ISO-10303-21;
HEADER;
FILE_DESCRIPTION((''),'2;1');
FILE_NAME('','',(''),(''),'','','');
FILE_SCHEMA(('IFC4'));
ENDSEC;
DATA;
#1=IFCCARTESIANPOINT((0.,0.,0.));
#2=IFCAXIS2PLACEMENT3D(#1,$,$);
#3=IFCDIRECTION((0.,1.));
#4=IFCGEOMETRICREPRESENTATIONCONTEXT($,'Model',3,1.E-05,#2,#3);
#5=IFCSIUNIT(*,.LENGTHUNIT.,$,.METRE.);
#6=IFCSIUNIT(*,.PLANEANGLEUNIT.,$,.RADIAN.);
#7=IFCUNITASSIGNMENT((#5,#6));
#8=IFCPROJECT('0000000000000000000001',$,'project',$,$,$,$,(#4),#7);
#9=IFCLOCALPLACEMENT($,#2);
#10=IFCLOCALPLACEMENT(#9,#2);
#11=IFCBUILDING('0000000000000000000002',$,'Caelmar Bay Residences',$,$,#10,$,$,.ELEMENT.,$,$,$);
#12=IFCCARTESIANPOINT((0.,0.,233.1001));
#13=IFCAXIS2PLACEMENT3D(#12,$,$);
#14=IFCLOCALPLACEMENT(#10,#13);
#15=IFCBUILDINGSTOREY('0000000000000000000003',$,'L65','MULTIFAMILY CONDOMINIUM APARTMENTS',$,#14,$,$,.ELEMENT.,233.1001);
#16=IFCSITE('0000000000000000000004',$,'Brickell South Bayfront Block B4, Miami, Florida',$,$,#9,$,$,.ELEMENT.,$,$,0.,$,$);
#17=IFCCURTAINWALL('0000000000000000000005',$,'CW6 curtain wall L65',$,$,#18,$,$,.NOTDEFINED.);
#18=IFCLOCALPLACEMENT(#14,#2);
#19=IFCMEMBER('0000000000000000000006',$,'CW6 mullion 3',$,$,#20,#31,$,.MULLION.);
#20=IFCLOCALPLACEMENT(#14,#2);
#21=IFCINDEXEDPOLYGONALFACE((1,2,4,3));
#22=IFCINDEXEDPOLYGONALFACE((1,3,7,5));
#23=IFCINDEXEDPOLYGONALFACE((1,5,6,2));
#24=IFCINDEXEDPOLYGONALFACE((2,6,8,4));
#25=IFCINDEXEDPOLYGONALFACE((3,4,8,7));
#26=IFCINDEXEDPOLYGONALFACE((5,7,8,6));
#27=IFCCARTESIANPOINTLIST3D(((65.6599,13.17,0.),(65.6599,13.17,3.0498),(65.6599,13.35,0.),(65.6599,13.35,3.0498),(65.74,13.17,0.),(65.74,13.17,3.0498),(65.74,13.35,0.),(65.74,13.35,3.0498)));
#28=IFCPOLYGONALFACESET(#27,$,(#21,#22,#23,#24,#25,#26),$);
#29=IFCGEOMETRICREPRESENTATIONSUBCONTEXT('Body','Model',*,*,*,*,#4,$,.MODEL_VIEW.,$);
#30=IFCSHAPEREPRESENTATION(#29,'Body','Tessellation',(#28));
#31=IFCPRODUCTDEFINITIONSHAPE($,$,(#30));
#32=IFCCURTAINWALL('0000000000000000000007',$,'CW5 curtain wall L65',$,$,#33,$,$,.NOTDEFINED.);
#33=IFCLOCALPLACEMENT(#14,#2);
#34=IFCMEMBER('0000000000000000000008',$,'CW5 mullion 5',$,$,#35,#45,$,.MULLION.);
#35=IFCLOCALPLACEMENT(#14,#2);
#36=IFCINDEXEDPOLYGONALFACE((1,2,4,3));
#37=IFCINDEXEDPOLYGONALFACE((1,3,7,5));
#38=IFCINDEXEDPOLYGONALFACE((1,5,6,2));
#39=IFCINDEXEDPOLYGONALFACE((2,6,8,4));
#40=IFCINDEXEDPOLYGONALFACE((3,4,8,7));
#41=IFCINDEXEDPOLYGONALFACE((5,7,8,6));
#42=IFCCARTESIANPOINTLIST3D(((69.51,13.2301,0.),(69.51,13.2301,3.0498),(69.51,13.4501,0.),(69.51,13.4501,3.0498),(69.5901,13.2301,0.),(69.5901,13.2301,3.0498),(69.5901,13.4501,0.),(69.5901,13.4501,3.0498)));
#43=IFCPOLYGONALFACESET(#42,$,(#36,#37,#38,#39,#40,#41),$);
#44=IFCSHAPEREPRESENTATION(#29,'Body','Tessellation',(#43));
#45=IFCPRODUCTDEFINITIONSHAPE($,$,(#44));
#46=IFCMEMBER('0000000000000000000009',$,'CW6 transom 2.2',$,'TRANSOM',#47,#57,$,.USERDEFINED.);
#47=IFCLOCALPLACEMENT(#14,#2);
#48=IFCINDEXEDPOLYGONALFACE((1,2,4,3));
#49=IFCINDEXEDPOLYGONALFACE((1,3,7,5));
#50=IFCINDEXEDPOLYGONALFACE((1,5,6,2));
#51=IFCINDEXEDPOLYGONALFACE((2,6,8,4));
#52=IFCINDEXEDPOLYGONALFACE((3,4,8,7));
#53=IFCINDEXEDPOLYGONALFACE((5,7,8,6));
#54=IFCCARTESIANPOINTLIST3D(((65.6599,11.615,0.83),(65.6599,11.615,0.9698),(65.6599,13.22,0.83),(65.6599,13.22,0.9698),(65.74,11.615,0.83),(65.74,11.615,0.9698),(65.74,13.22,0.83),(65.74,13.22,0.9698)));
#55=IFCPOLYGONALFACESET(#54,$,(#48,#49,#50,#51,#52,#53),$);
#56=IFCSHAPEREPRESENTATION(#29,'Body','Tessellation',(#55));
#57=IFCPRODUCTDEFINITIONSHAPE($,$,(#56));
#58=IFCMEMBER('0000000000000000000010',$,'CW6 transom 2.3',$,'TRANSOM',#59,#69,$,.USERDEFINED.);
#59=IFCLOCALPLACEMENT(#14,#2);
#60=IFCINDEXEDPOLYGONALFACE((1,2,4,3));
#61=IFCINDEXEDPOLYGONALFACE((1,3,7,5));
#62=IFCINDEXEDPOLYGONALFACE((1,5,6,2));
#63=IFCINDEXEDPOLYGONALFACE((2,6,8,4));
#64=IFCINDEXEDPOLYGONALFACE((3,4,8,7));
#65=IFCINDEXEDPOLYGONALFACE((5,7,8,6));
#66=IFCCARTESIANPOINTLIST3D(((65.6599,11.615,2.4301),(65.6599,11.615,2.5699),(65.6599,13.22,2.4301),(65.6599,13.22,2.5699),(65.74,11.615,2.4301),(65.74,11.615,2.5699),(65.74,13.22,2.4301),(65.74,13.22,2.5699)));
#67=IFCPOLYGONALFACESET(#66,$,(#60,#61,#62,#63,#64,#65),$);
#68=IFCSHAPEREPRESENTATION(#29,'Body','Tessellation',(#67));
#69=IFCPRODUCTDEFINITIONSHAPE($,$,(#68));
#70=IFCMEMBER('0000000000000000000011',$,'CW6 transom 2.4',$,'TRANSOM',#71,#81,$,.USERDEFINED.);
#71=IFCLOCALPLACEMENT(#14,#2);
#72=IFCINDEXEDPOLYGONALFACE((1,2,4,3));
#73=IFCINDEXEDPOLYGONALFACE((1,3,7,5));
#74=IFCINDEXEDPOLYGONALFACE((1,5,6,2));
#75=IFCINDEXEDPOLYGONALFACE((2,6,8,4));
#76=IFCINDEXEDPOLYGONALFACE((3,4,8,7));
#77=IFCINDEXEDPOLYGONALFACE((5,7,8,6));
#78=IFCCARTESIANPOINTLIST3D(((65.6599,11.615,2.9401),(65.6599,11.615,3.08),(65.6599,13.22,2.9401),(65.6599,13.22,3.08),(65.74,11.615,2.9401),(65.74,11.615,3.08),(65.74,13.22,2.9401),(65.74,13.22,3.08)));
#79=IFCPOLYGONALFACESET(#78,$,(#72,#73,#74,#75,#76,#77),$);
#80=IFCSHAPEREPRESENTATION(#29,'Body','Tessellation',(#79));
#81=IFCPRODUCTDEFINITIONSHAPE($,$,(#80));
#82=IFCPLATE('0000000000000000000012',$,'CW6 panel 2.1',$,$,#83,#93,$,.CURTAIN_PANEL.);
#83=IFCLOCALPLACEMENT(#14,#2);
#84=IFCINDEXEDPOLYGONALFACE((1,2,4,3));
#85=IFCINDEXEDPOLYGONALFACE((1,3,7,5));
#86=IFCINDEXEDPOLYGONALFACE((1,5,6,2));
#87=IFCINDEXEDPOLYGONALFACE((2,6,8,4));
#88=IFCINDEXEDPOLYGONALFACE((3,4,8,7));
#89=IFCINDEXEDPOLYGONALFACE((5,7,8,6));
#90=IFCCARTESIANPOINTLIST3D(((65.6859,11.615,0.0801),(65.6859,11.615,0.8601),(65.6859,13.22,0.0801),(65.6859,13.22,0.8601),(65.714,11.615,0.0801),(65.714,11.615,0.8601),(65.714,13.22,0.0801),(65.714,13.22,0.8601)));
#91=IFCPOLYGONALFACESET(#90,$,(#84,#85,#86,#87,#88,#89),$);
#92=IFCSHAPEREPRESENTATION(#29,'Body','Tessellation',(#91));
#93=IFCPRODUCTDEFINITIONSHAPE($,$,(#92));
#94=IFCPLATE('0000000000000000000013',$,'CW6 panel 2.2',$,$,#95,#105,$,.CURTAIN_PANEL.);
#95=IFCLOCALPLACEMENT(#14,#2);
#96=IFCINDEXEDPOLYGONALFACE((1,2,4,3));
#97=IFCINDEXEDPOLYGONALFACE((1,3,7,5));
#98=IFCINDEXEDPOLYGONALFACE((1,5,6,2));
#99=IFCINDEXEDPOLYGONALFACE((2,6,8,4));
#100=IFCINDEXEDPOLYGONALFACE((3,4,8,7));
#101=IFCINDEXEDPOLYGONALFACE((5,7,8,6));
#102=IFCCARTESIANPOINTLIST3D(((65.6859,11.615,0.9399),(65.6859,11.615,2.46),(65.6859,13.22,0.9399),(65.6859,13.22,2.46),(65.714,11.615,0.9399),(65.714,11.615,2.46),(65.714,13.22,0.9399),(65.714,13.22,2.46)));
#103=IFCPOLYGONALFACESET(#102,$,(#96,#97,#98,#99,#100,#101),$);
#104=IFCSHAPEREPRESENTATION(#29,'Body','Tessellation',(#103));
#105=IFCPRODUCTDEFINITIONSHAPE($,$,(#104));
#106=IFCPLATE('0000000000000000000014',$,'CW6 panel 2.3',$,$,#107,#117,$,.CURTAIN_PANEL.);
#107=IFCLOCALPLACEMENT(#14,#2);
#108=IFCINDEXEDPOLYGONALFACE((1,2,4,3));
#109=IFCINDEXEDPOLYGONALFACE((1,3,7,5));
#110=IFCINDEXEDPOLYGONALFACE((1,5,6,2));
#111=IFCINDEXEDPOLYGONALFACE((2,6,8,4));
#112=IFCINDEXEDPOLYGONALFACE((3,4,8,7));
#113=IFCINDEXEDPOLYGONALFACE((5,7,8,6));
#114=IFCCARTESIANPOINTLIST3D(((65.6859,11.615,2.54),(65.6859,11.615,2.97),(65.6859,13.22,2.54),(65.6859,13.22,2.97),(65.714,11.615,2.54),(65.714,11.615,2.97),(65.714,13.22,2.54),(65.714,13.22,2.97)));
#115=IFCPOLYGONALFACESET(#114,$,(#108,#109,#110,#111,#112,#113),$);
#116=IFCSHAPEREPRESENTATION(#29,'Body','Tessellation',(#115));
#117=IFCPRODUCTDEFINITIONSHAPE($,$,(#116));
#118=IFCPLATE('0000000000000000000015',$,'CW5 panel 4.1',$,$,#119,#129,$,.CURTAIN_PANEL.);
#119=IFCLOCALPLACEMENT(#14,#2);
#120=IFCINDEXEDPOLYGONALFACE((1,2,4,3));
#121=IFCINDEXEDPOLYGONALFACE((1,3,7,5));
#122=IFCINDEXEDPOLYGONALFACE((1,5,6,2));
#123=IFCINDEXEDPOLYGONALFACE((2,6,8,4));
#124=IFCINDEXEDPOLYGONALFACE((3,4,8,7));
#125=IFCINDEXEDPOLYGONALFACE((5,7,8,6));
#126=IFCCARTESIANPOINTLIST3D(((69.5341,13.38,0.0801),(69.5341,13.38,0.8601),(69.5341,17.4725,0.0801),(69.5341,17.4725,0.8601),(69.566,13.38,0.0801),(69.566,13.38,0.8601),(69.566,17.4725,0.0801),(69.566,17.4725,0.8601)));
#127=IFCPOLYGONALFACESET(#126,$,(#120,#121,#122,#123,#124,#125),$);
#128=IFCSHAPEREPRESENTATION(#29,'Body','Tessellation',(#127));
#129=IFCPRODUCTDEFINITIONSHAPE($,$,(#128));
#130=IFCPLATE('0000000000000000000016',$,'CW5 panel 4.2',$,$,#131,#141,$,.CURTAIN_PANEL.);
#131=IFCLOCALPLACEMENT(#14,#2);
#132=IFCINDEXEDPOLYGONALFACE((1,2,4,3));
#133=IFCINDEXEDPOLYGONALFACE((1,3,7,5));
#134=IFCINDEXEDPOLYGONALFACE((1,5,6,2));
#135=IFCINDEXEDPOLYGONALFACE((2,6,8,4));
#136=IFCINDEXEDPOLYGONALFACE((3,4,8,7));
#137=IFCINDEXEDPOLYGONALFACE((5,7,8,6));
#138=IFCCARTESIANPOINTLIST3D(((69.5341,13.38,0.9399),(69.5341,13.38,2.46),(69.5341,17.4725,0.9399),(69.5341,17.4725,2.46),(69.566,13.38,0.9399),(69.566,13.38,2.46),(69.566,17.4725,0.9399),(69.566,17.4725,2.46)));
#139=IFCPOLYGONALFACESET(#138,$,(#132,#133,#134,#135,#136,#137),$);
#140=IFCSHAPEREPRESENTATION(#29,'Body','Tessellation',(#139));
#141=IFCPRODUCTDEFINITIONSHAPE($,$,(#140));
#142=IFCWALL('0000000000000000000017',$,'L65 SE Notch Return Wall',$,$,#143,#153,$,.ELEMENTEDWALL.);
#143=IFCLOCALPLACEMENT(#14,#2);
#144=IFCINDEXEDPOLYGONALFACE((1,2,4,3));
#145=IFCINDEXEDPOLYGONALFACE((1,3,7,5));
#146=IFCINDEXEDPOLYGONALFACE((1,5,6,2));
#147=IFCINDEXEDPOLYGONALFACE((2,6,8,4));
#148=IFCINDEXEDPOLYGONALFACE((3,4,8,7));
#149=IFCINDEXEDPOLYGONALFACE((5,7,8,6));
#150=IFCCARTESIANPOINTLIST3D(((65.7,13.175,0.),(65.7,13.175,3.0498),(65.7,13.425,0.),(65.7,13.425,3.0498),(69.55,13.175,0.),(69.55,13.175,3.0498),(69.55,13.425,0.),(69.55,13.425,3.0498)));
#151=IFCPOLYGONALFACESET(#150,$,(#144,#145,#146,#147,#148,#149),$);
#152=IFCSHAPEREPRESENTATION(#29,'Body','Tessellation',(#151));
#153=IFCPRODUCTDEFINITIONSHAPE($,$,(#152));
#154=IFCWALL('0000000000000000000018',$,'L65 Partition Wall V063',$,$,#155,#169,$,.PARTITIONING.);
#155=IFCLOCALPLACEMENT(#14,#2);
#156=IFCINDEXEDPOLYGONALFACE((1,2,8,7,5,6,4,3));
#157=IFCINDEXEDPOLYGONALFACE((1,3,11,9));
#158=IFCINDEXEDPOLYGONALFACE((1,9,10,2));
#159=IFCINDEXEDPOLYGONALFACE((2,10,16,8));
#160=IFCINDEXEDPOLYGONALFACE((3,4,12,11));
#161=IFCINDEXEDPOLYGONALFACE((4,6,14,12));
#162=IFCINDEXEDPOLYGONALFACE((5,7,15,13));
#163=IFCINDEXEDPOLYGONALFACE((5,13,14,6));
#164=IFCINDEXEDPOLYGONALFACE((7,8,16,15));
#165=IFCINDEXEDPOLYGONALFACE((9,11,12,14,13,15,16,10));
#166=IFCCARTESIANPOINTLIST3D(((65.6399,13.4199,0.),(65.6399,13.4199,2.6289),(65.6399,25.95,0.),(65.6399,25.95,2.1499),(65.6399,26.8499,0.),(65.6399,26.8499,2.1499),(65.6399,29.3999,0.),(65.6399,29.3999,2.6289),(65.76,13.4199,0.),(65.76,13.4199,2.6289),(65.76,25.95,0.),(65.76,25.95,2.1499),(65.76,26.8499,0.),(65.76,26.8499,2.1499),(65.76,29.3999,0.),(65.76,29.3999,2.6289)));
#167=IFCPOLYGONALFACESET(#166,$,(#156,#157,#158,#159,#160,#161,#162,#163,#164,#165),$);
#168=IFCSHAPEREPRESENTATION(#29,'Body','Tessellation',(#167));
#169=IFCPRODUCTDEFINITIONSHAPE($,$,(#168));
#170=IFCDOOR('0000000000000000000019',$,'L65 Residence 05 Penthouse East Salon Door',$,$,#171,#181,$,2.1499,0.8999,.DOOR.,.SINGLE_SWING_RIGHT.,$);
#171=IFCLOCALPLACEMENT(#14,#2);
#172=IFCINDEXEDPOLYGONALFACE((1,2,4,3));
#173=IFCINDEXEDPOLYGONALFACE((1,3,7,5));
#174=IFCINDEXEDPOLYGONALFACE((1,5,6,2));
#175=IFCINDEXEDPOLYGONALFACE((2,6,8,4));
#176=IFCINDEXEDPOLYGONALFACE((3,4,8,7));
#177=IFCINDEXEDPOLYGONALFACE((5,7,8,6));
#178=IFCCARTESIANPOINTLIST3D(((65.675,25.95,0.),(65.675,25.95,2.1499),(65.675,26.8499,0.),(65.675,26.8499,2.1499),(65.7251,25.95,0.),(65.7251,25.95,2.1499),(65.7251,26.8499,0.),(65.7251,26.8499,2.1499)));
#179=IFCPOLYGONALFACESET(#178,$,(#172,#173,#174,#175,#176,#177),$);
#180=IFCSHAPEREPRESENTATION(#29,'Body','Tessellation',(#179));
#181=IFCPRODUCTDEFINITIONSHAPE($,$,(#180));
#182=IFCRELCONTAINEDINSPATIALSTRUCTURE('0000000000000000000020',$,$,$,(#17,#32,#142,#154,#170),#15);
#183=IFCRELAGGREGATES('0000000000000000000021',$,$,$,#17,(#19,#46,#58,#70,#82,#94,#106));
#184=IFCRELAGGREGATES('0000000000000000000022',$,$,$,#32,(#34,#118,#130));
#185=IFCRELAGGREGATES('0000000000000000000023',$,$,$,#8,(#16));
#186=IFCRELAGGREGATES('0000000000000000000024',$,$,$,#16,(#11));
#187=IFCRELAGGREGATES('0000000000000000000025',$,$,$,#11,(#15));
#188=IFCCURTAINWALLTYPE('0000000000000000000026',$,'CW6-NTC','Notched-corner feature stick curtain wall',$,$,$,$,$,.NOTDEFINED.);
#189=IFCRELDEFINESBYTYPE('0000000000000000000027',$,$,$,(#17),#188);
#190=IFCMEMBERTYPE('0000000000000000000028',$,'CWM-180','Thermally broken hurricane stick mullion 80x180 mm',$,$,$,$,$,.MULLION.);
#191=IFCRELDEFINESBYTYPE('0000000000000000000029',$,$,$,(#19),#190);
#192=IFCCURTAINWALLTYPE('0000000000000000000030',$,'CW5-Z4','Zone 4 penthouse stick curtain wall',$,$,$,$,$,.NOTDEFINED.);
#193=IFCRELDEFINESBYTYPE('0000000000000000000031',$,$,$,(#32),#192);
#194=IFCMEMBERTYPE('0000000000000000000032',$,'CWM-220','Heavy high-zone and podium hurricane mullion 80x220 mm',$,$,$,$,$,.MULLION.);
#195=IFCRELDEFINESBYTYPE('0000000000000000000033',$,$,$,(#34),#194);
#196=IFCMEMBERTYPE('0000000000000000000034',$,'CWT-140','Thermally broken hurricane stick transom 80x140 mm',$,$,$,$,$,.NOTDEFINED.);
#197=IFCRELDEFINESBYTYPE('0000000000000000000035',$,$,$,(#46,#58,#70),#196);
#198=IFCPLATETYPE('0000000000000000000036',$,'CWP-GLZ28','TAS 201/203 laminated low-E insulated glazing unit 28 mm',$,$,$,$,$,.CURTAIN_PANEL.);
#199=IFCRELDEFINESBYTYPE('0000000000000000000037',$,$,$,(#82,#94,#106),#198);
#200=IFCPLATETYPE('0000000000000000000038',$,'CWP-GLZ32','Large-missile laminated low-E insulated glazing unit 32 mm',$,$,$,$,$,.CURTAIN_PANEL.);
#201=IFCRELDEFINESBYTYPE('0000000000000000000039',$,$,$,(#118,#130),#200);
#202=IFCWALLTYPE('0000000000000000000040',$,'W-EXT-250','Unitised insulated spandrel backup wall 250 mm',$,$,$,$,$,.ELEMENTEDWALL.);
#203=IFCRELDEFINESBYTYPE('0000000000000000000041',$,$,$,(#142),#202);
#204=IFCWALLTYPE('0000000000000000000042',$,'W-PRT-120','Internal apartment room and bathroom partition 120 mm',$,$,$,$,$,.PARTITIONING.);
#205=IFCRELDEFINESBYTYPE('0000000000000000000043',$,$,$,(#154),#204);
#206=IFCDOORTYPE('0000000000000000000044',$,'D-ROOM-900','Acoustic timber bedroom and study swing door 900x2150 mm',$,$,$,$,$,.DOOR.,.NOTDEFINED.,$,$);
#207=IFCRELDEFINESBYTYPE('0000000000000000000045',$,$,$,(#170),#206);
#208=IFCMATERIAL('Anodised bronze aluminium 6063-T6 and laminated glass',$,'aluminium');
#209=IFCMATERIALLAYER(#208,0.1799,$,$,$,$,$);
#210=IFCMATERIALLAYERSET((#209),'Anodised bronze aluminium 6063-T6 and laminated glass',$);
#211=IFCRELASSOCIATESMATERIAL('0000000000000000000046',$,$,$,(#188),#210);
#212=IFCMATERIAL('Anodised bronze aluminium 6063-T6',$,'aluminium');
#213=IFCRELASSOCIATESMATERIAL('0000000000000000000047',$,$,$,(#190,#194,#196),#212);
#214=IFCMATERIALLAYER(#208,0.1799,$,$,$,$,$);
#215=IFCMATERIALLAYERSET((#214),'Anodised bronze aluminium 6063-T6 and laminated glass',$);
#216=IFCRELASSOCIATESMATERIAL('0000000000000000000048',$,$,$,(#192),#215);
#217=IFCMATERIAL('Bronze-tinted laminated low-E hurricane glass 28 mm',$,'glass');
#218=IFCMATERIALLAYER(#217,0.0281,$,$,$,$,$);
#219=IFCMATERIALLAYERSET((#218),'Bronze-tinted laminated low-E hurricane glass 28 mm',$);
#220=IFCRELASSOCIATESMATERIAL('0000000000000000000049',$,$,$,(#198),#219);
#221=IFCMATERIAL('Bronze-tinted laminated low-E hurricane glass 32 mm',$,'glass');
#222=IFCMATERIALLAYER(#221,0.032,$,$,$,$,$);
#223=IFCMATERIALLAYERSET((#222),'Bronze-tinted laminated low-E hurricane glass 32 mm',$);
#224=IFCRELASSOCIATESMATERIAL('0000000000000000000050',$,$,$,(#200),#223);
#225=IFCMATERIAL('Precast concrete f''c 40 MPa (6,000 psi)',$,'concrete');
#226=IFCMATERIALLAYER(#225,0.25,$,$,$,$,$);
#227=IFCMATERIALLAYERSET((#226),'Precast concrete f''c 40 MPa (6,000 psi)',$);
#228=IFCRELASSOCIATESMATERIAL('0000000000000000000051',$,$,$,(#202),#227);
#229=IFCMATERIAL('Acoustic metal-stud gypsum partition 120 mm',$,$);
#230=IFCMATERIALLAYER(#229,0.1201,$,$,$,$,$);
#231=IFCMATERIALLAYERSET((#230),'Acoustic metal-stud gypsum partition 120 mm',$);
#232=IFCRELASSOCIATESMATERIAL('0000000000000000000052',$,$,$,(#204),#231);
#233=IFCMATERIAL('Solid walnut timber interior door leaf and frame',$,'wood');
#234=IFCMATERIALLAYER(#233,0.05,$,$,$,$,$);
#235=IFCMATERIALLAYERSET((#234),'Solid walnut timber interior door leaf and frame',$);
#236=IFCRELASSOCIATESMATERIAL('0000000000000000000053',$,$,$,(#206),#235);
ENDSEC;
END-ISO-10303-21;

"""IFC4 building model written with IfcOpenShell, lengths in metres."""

from ifc_helpers import new_model, si_unit, direction, frame, frame_2d, origin, origin_2d, place, context, subcontext, project, spatial, rectangle, extrude, material, layer, layer_set, material_profile, profile_set, type_object, element, fill, aggregate, save


model = new_model("IFC4")

# Units and contexts
model_context = context("Model", 3, precision=1e-05, world=origin(), true_north=direction((0.0, 1.0)))
body_context = subcontext(model_context, "Body", "Model", "MODEL_VIEW")
ifc_project = project(units=[si_unit("LENGTHUNIT", "METRE"), si_unit("PLANEANGLEUNIT", "RADIAN")], contexts=[model_context])

# Site, building, storey
site_placement = place(None, origin())
site = spatial("IfcSite", under=ifc_project, at=site_placement, Name="Brickell South Bayfront Block B4, Miami, Florida", CompositionType="ELEMENT", RefElevation=0.0)
building_placement = place(site_placement, origin())
building = spatial("IfcBuilding", under=site, at=building_placement, Name="Caelmar Bay Residences", CompositionType="ELEMENT")
storey_placement = place(building_placement, frame((0.0, 0.0, 233.1001)))
storey = spatial("IfcBuildingStorey", under=building, at=storey_placement, Name="L65", Description="MULTIFAMILY CONDOMINIUM APARTMENTS", CompositionType="ELEMENT", Elevation=233.1001)

# Curtain walls, members
ifc_material_1 = material(Name="Anodised bronze aluminium 6063-T6 and laminated glass", Category="aluminium")
ifc_layer_1 = layer(ifc_material_1, 0.1799)
ifc_layer_set_1 = layer_set([ifc_layer_1], Name="Anodised bronze aluminium 6063-T6 and laminated glass")
curtain_wall_type_1 = type_object("IfcCurtainWallType", Name="CW6-NTC", Description="Notched-corner feature stick curtain wall", PredefinedType="NOTDEFINED", material=ifc_layer_set_1)
curtain_wall_1_placement = place(storey_placement, origin())
curtain_wall_1 = element("IfcCurtainWall", 1, at=curtain_wall_1_placement, inside=storey, type_object=curtain_wall_type_1, Name="CW6 curtain wall L65", PredefinedType="NOTDEFINED")
ifc_material_2 = material(Name="Anodised bronze aluminium 6063-T6", Category="aluminium")
ifc_material_profile_1 = material_profile(ifc_material_2, rectangle(XDim=0.0801, YDim=0.1799, at=origin_2d()), Name="CWM-80X180")
ifc_profile_set_1 = profile_set([ifc_material_profile_1], Name="Anodised bronze aluminium 6063-T6")
member_type_1 = type_object("IfcMemberType", Name="CWM-180", Description="Thermally broken hurricane stick mullion 80x180 mm", PredefinedType="MULLION", material=ifc_profile_set_1)
member_1_placement = place(storey_placement, frame((65.7, 13.26, 0.0), z_axis=(0.0, 0.0, 1.0), x_axis=(-1.0, 0.0, 0.0)))
member_1 = element("IfcMember", 2, at=member_1_placement, type_object=member_type_1, Name="CW6 mullion 3", PredefinedType="MULLION", context=body_context, shape_type="SweptSolid", body=[
    extrude(rectangle(XDim=0.0801, YDim=0.1799, at=origin_2d()), origin(), (0.0, 0.0, 1.0), 3.0498),
])
ifc_layer_2 = layer(ifc_material_1, 0.1799)
ifc_layer_set_2 = layer_set([ifc_layer_2], Name="Anodised bronze aluminium 6063-T6 and laminated glass")
curtain_wall_type_2 = type_object("IfcCurtainWallType", Name="CW5-Z4", Description="Zone 4 penthouse stick curtain wall", PredefinedType="NOTDEFINED", material=ifc_layer_set_2)
curtain_wall_2_placement = place(storey_placement, origin())
curtain_wall_2 = element("IfcCurtainWall", 3, at=curtain_wall_2_placement, inside=storey, type_object=curtain_wall_type_2, Name="CW5 curtain wall L65", PredefinedType="NOTDEFINED")
ifc_material_profile_2 = material_profile(ifc_material_2, rectangle(XDim=0.0801, YDim=0.22, at=origin_2d()), Name="CWM-80X220")
ifc_profile_set_2 = profile_set([ifc_material_profile_2], Name="Anodised bronze aluminium 6063-T6")
member_type_2 = type_object("IfcMemberType", Name="CWM-220", Description="Heavy high-zone and podium hurricane mullion 80x220 mm", PredefinedType="MULLION", material=ifc_profile_set_2)
member_2_placement = place(storey_placement, frame((69.55, 13.3401, 0.0), z_axis=(0.0, 0.0, 1.0), x_axis=(1.0, 0.0, 0.0)))
member_2 = element("IfcMember", 4, at=member_2_placement, type_object=member_type_2, Name="CW5 mullion 5", PredefinedType="MULLION", context=body_context, shape_type="SweptSolid", body=[
    extrude(rectangle(XDim=0.0801, YDim=0.22, at=origin_2d()), origin(), (0.0, 0.0, 1.0), 3.0498),
])

# Members
ifc_material_profile_3 = material_profile(ifc_material_2, rectangle(XDim=0.0801, YDim=0.1399, at=origin_2d()), Name="CWT-80X140")
ifc_profile_set_3 = profile_set([ifc_material_profile_3], Name="Anodised bronze aluminium 6063-T6")
member_type_3 = type_object("IfcMemberType", Name="CWT-140", Description="Thermally broken hurricane stick transom 80x140 mm", PredefinedType="NOTDEFINED", material=ifc_profile_set_3)
member_3_placement = place(storey_placement, frame((65.7, 11.615, 0.8999), z_axis=(0.0, 1.0, 0.0), x_axis=(-1.0, 0.0, 0.0)))
member_3 = element("IfcMember", 5, at=member_3_placement, type_object=member_type_3, Name="CW6 transom 2.2", ObjectType="TRANSOM", PredefinedType="USERDEFINED", context=body_context, shape_type="SweptSolid", body=[
    extrude(rectangle(XDim=0.0801, YDim=0.1399, at=origin_2d()), origin(), (0.0, 0.0, 1.0), 1.605),
])
member_4_placement = place(storey_placement, frame((65.7, 11.615, 2.5), z_axis=(0.0, 1.0, 0.0), x_axis=(-1.0, 0.0, 0.0)))
member_4 = element("IfcMember", 6, at=member_4_placement, type_object=member_type_3, Name="CW6 transom 2.3", ObjectType="TRANSOM", PredefinedType="USERDEFINED", context=body_context, shape_type="SweptSolid", body=[
    extrude(rectangle(XDim=0.0801, YDim=0.1399, at=origin_2d()), origin(), (0.0, 0.0, 1.0), 1.605),
])
member_5_placement = place(storey_placement, frame((65.7, 11.615, 3.01), z_axis=(0.0, 1.0, 0.0), x_axis=(-1.0, 0.0, 0.0)))
member_5 = element("IfcMember", 7, at=member_5_placement, type_object=member_type_3, Name="CW6 transom 2.4", ObjectType="TRANSOM", PredefinedType="USERDEFINED", context=body_context, shape_type="SweptSolid", body=[
    extrude(rectangle(XDim=0.0801, YDim=0.1399, at=origin_2d()), origin(), (0.0, 0.0, 1.0), 1.605),
])

# Plates
ifc_material_3 = material(Name="Bronze-tinted laminated low-E hurricane glass 28 mm", Category="glass")
ifc_layer_3 = layer(ifc_material_3, 0.0281)
ifc_layer_set_3 = layer_set([ifc_layer_3], Name="Bronze-tinted laminated low-E hurricane glass 28 mm")
plate_type_1 = type_object("IfcPlateType", Name="CWP-GLZ28", Description="TAS 201/203 laminated low-E insulated glazing unit 28 mm", PredefinedType="CURTAIN_PANEL", material=ifc_layer_set_3)
plate_1_placement = place(storey_placement, frame((65.7, 12.4175, 0.0801), z_axis=(0.0, 0.0, 1.0), x_axis=(0.0, 1.0, 0.0)))
plate_1 = element("IfcPlate", 8, at=plate_1_placement, type_object=plate_type_1, Name="CW6 panel 2.1", PredefinedType="CURTAIN_PANEL", context=body_context, shape_type="SweptSolid", body=[
    extrude(rectangle(XDim=1.605, YDim=0.0281, at=origin_2d()), origin(), (0.0, 0.0, 1.0), 0.78),
])
plate_2_placement = place(storey_placement, frame((65.7, 12.4175, 0.9399), z_axis=(0.0, 0.0, 1.0), x_axis=(0.0, 1.0, 0.0)))
plate_2 = element("IfcPlate", 9, at=plate_2_placement, type_object=plate_type_1, Name="CW6 panel 2.2", PredefinedType="CURTAIN_PANEL", context=body_context, shape_type="SweptSolid", body=[
    extrude(rectangle(XDim=1.605, YDim=0.0281, at=origin_2d()), origin(), (0.0, 0.0, 1.0), 1.52),
])
plate_3_placement = place(storey_placement, frame((65.7, 12.4175, 2.54), z_axis=(0.0, 0.0, 1.0), x_axis=(0.0, 1.0, 0.0)))
plate_3 = element("IfcPlate", 10, at=plate_3_placement, type_object=plate_type_1, Name="CW6 panel 2.3", PredefinedType="CURTAIN_PANEL", context=body_context, shape_type="SweptSolid", body=[
    extrude(rectangle(XDim=1.605, YDim=0.0281, at=origin_2d()), origin(), (0.0, 0.0, 1.0), 0.4299),
])
aggregate(curtain_wall_1, [member_1, member_3, member_4, member_5, plate_1, plate_2, plate_3])
ifc_material_4 = material(Name="Bronze-tinted laminated low-E hurricane glass 32 mm", Category="glass")
ifc_layer_4 = layer(ifc_material_4, 0.032)
ifc_layer_set_4 = layer_set([ifc_layer_4], Name="Bronze-tinted laminated low-E hurricane glass 32 mm")
plate_type_2 = type_object("IfcPlateType", Name="CWP-GLZ32", Description="Large-missile laminated low-E insulated glazing unit 32 mm", PredefinedType="CURTAIN_PANEL", material=ifc_layer_set_4)
plate_4_placement = place(storey_placement, frame((69.55, 15.4263, 0.0801), z_axis=(0.0, 0.0, 1.0), x_axis=(0.0, -1.0, 0.0)))
plate_4 = element("IfcPlate", 11, at=plate_4_placement, type_object=plate_type_2, Name="CW5 panel 4.1", PredefinedType="CURTAIN_PANEL", context=body_context, shape_type="SweptSolid", body=[
    extrude(rectangle(XDim=4.0925, YDim=0.032, at=origin_2d()), origin(), (0.0, 0.0, 1.0), 0.78),
])
plate_5_placement = place(storey_placement, frame((69.55, 15.4263, 0.9399), z_axis=(0.0, 0.0, 1.0), x_axis=(0.0, -1.0, 0.0)))
plate_5 = element("IfcPlate", 12, at=plate_5_placement, type_object=plate_type_2, Name="CW5 panel 4.2", PredefinedType="CURTAIN_PANEL", context=body_context, shape_type="SweptSolid", body=[
    extrude(rectangle(XDim=4.0925, YDim=0.032, at=origin_2d()), origin(), (0.0, 0.0, 1.0), 1.52),
])
aggregate(curtain_wall_2, [member_2, plate_4, plate_5])

# Wall
ifc_material_5 = material(Name="Precast concrete f'c 40 MPa (6,000 psi)", Category="concrete")
ifc_layer_5 = layer(ifc_material_5, 0.25)
ifc_layer_set_5 = layer_set([ifc_layer_5], Name="Precast concrete f'c 40 MPa (6,000 psi)")
wall_type_1 = type_object("IfcWallType", Name="W-EXT-250", Description="Unitised insulated spandrel backup wall 250 mm", PredefinedType="ELEMENTEDWALL", material=ifc_layer_set_5)
wall_1_placement = place(storey_placement, frame((65.7, 13.3, 0.0), z_axis=(0.0, 0.0, 1.0), x_axis=(1.0, 0.0, 0.0)))
element("IfcWall", 13, at=wall_1_placement, inside=storey, type_object=wall_type_1, Name="L65 SE Notch Return Wall", PredefinedType="ELEMENTEDWALL", context=body_context, shape_type="SweptSolid", body=[
    extrude(rectangle(XDim=3.8501, YDim=0.25, at=frame_2d((1.925, 0.0))), origin(), (0.0, 0.0, 1.0), 3.0498),
])

# Wall, opening, door
ifc_material_6 = material(Name="Acoustic metal-stud gypsum partition 120 mm")
ifc_layer_6 = layer(ifc_material_6, 0.1201)
ifc_layer_set_6 = layer_set([ifc_layer_6], Name="Acoustic metal-stud gypsum partition 120 mm")
wall_type_2 = type_object("IfcWallType", Name="W-PRT-120", Description="Internal apartment room and bathroom partition 120 mm", PredefinedType="PARTITIONING", material=ifc_layer_set_6)
wall_2_placement = place(storey_placement, frame((65.7, 13.4199, 0.0), z_axis=(0.0, 0.0, 1.0), x_axis=(0.0, 1.0, 0.0)))
wall_2 = element("IfcWall", 14, at=wall_2_placement, inside=storey, type_object=wall_type_2, Name="L65 Partition Wall V063", PredefinedType="PARTITIONING", context=body_context, shape_type="SweptSolid", body=[
    extrude(rectangle(XDim=15.98, YDim=0.1201, at=frame_2d((7.99, 0.0))), origin(), (0.0, 0.0, 1.0), 2.6289),
])
opening_placement = place(wall_2_placement, frame((12.53, 0.0, 0.0)))
opening = element("IfcOpeningElement", 15, at=opening_placement, cuts=wall_2, PredefinedType="OPENING", context=body_context, shape_type="SweptSolid", body=[
    extrude(rectangle(XDim=0.8999, YDim=2.1499, at=frame_2d((0.45, 1.075))), frame((0.0, 0.0701, 0.0), z_axis=(0.0, -1.0, 0.0), x_axis=(1.0, 0.0, 0.0)), (0.0, 0.0, 1.0), 0.1401),
])
ifc_material_7 = material(Name="Solid walnut timber interior door leaf and frame", Category="wood")
ifc_layer_7 = layer(ifc_material_7, 0.05)
ifc_layer_set_7 = layer_set([ifc_layer_7], Name="Solid walnut timber interior door leaf and frame")
door_type = type_object("IfcDoorType", Name="D-ROOM-900", Description="Acoustic timber bedroom and study swing door 900x2150 mm", OperationType="NOTDEFINED", PredefinedType="DOOR", material=ifc_layer_set_7)
door_placement = place(opening_placement, origin())
door = element("IfcDoor", 16, at=door_placement, inside=storey, type_object=door_type, Name="L65 Residence 05 Penthouse East Salon Door", OperationType="SINGLE_SWING_RIGHT", OverallHeight=2.1499, OverallWidth=0.8999, PredefinedType="DOOR", context=body_context, shape_type="SweptSolid", body=[
    extrude(rectangle(XDim=0.8999, YDim=2.1499, at=frame_2d((0.45, 1.075))), frame((0.0, 0.0249, 0.0), z_axis=(0.0, -1.0, 0.0), x_axis=(1.0, 0.0, 0.0)), (0.0, 0.0, 1.0), 0.05),
])
fill(opening, door)

save(model, "model.ifc")
